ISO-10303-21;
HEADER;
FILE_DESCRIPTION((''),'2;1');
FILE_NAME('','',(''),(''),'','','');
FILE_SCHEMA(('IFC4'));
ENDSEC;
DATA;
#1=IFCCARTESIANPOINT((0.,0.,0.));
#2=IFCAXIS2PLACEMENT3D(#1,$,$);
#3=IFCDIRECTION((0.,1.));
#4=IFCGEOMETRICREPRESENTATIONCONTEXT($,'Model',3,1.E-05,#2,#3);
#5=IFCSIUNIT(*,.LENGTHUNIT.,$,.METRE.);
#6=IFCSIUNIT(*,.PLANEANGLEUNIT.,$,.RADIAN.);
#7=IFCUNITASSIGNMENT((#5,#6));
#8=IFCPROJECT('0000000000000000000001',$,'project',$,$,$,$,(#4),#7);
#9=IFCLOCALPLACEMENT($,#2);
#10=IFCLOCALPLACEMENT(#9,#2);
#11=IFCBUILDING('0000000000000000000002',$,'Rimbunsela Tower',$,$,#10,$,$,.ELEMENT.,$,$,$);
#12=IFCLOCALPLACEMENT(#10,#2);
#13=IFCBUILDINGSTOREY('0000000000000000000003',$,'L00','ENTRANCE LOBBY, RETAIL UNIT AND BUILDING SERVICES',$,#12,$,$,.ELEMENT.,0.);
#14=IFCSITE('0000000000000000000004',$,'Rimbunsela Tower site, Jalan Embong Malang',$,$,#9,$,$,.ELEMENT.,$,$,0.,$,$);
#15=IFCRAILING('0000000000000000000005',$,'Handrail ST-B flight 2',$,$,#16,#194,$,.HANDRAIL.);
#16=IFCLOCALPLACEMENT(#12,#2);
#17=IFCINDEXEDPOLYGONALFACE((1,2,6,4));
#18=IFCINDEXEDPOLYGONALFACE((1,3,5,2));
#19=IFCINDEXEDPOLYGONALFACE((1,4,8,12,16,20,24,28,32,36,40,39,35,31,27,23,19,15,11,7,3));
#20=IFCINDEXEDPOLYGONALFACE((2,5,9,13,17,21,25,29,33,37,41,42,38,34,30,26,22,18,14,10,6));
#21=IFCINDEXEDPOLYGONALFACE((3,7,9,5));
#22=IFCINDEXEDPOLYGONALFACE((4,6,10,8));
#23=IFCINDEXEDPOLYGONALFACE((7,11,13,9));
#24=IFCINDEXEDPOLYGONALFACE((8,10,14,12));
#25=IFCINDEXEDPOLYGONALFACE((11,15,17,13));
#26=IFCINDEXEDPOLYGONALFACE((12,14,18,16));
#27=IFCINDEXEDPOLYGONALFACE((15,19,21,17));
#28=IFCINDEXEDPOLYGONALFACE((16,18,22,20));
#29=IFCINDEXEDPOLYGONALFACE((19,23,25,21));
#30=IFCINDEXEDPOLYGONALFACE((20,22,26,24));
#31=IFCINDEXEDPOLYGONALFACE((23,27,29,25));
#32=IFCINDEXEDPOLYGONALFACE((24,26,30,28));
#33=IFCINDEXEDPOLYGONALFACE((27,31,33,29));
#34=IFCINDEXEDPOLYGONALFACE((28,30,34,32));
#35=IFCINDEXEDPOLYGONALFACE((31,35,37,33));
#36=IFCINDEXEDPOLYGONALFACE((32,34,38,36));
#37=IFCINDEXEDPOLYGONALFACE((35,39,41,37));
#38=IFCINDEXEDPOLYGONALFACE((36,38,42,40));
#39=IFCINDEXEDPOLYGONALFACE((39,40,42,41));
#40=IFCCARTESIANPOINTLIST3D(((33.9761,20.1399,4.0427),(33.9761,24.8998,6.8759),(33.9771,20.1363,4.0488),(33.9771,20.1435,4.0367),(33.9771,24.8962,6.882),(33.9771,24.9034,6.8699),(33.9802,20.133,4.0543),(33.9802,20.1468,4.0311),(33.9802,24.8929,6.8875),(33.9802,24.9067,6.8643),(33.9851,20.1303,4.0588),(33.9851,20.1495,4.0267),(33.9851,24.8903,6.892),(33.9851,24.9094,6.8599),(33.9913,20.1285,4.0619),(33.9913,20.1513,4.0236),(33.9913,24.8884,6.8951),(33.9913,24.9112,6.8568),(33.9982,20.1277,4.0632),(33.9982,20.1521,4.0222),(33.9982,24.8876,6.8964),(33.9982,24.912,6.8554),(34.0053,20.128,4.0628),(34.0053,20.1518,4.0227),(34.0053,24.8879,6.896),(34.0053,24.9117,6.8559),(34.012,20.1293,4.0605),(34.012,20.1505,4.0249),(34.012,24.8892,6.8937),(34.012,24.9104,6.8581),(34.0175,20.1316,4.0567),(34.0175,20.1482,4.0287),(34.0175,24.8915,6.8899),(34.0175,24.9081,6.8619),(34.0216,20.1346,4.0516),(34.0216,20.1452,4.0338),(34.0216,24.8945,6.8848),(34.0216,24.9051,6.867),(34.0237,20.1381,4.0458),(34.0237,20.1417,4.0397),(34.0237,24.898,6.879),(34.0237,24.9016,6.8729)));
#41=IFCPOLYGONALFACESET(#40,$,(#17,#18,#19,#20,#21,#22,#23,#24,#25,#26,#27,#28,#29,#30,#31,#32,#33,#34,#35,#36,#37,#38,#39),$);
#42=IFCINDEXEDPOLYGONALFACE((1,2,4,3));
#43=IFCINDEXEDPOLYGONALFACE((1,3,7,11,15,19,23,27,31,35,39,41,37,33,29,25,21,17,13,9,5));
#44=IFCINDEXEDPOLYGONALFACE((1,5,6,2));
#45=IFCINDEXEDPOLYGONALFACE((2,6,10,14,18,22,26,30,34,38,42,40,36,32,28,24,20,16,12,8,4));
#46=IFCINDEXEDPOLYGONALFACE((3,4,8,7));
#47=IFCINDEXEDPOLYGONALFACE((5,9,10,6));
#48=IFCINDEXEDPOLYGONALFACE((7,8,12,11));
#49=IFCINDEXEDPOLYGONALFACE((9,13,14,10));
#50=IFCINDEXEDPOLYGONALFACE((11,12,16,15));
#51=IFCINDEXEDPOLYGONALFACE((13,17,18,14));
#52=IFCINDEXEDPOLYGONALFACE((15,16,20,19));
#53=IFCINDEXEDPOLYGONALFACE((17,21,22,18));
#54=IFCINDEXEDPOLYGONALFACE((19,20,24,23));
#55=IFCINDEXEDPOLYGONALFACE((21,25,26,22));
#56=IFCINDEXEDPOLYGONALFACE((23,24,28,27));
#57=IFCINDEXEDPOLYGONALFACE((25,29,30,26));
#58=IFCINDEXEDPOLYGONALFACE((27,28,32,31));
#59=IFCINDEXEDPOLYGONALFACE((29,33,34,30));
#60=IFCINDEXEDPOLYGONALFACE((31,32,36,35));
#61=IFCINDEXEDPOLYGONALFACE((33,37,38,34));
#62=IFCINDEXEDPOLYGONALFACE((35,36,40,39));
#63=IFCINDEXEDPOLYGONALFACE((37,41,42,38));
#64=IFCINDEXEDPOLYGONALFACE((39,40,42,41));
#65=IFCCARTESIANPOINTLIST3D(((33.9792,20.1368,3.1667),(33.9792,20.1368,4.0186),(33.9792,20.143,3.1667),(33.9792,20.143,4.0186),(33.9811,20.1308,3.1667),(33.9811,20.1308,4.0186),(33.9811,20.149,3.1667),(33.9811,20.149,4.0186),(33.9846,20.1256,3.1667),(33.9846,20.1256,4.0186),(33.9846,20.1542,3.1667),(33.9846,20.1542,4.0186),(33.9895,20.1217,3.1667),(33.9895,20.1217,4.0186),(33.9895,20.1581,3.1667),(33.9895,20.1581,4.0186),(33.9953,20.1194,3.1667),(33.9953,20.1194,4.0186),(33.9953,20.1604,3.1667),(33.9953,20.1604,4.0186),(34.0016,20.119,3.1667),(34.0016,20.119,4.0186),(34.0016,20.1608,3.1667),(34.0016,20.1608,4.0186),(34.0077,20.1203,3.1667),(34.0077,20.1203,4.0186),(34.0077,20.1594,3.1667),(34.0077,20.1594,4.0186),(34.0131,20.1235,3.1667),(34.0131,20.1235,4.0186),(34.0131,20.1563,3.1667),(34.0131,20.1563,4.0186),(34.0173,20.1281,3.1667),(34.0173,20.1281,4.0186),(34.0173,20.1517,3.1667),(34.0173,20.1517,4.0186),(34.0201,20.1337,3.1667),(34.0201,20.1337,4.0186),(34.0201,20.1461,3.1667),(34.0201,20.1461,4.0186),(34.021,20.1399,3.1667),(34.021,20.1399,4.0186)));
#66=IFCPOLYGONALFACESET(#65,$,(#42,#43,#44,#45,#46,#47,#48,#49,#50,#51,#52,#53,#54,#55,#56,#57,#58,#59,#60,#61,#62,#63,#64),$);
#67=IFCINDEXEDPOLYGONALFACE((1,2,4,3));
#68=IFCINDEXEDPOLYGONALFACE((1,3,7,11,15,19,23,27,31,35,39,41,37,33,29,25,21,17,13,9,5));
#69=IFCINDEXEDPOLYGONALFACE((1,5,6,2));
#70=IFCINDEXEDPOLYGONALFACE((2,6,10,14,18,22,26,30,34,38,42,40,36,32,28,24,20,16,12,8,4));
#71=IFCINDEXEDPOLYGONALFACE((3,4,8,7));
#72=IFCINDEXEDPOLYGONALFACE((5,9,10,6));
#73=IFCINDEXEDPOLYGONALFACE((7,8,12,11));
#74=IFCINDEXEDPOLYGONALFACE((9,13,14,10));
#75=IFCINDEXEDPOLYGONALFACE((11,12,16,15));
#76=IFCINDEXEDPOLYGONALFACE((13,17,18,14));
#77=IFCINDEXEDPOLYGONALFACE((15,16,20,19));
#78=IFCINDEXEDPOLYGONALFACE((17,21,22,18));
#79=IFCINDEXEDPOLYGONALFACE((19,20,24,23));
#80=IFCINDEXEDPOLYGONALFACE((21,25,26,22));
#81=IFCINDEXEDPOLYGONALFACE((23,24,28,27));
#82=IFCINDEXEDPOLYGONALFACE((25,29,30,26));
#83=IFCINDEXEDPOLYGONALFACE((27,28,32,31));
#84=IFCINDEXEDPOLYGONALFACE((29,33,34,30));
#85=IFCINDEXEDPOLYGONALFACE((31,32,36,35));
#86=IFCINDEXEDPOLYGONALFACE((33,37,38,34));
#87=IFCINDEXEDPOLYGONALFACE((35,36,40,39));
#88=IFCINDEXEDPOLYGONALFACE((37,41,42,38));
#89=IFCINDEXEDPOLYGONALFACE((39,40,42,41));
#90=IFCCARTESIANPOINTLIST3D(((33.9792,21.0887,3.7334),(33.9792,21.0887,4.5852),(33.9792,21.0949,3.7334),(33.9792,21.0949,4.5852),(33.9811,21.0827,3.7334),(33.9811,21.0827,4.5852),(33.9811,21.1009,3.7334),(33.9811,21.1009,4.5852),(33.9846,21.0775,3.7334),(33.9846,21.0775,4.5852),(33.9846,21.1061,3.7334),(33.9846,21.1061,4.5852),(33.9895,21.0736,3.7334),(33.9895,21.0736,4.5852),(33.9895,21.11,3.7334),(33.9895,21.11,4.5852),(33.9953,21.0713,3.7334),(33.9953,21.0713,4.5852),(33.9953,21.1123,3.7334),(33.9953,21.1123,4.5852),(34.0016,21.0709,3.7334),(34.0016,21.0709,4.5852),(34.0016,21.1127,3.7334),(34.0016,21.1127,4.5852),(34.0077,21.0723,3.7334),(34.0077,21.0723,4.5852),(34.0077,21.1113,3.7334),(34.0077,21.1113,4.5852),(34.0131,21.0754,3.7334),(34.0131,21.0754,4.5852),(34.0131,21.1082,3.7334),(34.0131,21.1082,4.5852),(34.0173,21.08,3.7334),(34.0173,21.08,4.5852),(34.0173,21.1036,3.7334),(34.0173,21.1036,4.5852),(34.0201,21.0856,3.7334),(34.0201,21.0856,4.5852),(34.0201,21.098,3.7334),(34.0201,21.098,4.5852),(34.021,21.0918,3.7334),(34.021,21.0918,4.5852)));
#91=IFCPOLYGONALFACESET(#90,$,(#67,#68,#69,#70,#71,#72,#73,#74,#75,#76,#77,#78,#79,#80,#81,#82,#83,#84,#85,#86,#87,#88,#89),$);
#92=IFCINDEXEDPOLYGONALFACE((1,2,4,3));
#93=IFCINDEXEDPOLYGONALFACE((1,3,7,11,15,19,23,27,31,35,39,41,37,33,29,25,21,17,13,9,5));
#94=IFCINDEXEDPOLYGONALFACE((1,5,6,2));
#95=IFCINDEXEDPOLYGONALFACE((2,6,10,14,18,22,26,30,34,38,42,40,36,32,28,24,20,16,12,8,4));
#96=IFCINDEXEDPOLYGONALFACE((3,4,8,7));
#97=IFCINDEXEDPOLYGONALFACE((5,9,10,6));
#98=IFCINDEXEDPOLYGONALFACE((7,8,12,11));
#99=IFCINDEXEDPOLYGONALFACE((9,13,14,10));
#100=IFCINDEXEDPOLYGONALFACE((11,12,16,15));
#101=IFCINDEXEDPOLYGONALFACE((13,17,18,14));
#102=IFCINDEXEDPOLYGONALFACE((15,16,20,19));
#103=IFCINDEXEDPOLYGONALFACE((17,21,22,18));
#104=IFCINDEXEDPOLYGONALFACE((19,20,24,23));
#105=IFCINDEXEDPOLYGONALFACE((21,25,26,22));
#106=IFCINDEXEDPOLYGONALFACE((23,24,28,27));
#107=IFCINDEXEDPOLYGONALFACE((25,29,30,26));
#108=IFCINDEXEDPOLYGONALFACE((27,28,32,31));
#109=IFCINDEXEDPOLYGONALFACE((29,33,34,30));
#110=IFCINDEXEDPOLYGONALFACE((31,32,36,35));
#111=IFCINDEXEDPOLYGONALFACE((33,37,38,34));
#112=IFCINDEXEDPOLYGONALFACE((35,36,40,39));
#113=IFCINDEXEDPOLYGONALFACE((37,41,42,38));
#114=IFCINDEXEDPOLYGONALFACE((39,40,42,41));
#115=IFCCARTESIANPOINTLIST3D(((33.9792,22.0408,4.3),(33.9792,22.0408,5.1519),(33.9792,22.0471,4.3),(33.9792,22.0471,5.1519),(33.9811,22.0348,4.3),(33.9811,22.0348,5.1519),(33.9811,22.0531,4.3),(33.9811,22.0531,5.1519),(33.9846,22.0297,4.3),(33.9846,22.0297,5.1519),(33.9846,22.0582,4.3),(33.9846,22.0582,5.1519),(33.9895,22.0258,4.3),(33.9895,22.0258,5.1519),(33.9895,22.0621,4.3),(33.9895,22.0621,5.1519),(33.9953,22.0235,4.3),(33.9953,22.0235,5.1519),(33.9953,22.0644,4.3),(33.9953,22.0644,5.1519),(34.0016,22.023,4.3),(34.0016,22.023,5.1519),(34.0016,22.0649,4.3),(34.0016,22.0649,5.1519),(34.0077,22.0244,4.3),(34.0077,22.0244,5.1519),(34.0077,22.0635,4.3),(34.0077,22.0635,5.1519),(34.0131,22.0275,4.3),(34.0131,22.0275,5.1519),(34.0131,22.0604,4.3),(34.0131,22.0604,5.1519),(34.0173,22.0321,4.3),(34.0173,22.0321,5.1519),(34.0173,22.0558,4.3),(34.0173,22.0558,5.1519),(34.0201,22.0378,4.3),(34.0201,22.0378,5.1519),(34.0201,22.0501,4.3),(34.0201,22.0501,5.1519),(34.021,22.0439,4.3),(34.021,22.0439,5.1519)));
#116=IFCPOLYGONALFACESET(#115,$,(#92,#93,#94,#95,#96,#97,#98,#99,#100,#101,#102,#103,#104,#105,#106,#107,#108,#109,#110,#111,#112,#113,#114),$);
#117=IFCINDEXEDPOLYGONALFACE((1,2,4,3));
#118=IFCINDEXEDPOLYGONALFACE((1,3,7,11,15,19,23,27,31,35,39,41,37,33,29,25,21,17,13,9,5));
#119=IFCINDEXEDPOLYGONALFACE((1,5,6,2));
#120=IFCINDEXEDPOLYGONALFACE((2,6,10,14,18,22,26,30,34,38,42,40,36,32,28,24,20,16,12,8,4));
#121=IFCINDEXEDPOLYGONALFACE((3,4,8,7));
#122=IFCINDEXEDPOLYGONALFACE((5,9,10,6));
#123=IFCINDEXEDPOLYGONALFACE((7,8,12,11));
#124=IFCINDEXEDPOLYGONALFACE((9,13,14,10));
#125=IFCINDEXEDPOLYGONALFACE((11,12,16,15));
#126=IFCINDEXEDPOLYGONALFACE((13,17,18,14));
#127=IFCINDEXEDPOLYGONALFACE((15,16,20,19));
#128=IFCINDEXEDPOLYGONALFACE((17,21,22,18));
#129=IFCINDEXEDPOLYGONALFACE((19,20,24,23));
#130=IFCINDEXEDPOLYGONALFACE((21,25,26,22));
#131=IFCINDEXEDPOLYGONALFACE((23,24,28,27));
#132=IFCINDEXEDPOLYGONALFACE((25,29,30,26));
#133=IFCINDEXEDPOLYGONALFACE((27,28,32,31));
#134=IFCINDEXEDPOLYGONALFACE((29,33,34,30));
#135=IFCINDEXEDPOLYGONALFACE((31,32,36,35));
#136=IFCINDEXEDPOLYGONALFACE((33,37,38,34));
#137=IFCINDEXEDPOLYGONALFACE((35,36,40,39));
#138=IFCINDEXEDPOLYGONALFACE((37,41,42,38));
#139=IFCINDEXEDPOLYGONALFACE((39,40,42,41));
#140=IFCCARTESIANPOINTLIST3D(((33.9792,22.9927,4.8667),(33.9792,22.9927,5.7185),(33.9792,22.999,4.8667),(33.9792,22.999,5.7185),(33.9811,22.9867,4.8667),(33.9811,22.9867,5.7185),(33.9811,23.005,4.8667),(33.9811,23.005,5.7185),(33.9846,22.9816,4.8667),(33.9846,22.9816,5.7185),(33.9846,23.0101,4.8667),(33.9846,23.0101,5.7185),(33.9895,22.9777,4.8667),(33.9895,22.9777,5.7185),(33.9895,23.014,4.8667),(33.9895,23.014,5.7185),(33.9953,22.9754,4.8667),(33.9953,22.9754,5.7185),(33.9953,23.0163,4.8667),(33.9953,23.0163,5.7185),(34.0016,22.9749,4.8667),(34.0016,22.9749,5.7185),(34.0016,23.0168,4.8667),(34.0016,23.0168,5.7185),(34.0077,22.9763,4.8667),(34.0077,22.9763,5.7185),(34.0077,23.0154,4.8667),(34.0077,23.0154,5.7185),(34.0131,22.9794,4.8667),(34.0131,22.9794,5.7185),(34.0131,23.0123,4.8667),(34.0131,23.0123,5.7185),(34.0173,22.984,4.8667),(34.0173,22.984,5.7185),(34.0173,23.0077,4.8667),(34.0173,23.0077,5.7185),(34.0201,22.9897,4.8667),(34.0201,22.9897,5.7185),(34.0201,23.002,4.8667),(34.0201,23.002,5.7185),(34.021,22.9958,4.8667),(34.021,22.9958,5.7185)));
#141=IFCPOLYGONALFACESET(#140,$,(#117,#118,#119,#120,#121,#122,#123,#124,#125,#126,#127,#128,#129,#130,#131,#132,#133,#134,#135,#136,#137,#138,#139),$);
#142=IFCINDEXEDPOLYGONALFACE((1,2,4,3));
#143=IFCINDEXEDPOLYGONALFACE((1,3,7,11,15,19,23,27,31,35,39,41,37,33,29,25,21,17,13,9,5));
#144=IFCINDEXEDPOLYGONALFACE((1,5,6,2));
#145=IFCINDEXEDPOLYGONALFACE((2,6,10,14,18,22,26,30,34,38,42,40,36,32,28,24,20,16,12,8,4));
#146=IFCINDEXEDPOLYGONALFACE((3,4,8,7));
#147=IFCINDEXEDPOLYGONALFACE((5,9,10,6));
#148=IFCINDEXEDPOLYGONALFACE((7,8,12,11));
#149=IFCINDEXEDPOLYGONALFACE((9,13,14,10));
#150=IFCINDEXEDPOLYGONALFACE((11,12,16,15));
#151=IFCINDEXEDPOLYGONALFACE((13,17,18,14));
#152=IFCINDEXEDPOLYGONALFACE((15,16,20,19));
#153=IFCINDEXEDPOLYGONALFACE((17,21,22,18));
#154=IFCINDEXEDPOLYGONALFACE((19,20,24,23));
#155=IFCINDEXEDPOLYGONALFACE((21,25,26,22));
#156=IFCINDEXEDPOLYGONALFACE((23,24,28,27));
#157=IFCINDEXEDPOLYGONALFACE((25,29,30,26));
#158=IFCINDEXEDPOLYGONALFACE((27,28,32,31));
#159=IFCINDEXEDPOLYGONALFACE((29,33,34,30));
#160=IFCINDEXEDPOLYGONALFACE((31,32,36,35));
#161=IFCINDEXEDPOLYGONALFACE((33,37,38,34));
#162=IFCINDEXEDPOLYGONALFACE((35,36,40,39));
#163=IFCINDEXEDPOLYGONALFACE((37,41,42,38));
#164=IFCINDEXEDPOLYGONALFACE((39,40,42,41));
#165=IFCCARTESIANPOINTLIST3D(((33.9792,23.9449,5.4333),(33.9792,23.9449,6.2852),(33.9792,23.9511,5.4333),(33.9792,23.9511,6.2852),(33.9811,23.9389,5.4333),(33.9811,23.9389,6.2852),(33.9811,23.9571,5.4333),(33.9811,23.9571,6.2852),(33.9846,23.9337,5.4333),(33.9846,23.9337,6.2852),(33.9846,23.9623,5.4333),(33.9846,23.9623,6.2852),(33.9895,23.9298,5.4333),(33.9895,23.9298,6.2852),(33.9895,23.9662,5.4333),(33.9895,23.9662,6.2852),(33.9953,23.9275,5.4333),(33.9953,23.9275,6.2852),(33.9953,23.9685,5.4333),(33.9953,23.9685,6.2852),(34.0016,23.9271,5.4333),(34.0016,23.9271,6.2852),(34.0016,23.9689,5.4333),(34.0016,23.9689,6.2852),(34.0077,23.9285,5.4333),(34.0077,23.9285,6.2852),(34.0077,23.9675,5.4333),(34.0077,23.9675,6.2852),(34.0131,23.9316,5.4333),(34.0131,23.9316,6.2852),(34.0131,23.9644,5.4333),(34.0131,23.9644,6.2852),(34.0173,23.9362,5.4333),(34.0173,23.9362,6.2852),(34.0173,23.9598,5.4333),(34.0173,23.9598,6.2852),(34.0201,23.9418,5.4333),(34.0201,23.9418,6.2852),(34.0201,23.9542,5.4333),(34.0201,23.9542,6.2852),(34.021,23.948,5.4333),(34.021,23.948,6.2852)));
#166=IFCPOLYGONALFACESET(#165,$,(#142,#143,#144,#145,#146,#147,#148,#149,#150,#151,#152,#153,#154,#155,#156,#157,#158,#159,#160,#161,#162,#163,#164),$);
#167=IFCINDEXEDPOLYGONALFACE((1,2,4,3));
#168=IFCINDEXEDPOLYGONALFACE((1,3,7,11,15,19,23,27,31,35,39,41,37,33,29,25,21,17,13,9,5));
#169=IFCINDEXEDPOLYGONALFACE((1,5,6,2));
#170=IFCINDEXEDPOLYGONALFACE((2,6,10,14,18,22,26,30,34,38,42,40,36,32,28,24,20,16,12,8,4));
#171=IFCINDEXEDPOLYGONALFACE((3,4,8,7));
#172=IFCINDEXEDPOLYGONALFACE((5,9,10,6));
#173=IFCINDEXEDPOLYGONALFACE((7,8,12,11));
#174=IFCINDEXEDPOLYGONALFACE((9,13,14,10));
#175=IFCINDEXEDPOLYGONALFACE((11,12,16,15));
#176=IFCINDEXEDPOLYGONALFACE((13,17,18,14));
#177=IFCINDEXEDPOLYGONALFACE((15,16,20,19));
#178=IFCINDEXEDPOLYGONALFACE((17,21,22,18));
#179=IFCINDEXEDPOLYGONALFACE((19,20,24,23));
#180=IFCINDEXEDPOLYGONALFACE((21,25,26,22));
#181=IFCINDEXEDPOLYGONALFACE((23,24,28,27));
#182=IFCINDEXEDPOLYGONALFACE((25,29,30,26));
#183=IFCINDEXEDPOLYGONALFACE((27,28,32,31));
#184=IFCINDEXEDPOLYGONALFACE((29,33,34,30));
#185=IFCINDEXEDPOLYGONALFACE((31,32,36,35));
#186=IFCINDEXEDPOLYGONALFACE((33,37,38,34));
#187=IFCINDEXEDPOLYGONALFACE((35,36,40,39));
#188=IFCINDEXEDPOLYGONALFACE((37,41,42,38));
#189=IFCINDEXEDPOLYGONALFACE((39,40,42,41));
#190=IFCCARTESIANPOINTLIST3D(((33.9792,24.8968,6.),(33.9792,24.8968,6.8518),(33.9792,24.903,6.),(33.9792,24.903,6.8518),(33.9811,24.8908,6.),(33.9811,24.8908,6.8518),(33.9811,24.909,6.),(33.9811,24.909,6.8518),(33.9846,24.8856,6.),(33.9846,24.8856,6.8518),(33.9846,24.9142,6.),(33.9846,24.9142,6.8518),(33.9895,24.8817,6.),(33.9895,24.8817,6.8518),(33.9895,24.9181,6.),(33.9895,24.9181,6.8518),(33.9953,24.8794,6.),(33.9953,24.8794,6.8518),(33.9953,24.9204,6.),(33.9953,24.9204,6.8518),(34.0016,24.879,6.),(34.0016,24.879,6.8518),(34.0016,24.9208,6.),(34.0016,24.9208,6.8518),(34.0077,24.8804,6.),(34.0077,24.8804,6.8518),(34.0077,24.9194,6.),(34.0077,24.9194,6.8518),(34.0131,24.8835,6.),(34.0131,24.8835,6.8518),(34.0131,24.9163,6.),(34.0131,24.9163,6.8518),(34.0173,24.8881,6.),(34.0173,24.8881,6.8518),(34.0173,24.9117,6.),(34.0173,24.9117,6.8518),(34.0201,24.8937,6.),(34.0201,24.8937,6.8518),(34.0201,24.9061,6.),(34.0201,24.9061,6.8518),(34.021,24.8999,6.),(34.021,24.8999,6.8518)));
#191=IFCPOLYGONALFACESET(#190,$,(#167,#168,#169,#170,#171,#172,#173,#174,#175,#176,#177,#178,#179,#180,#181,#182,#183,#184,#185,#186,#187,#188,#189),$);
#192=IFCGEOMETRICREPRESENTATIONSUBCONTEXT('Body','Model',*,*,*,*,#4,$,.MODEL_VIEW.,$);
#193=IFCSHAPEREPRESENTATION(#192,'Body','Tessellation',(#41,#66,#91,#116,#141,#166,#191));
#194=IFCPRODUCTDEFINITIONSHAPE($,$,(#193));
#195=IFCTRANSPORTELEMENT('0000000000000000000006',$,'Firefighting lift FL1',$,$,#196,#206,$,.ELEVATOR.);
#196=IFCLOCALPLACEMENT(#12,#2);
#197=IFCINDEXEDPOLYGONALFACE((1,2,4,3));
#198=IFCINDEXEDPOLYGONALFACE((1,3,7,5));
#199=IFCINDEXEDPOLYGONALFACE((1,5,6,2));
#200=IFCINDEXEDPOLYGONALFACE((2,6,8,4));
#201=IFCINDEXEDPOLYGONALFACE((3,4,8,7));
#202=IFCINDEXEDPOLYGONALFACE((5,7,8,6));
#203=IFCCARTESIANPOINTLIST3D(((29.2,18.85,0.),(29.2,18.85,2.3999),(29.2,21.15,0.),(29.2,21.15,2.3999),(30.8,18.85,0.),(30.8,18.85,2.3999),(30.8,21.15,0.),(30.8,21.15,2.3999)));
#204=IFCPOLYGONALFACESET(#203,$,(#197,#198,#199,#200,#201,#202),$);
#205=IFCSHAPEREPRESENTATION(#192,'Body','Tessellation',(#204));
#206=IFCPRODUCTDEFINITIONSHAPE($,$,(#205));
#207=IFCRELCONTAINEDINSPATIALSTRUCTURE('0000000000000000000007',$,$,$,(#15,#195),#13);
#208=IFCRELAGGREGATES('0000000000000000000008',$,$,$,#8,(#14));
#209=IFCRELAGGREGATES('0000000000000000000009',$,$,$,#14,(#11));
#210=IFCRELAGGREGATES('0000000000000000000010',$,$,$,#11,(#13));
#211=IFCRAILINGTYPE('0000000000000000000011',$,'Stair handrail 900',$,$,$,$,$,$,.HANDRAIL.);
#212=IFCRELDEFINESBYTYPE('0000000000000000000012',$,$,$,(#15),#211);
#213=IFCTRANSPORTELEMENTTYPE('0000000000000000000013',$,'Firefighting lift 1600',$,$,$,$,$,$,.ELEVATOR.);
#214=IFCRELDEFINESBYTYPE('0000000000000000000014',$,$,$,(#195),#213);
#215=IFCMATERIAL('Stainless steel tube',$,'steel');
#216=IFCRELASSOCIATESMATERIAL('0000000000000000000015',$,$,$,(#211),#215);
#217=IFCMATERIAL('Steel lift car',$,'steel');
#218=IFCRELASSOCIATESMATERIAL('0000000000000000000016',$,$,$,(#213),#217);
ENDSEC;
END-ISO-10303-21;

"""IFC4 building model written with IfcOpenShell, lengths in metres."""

from ifc_helpers import new_model, si_unit, direction, frame, origin, origin_2d, place, context, subcontext, project, spatial, rectangle, circle, extrude, material, type_object, element, save


model = new_model("IFC4")

# Units and contexts
model_context = context("Model", 3, precision=1e-05, world=origin(), true_north=direction((0.0, 1.0)))
body_context = subcontext(model_context, "Body", "Model", "MODEL_VIEW")
ifc_project = project(units=[si_unit("LENGTHUNIT", "METRE"), si_unit("PLANEANGLEUNIT", "RADIAN")], contexts=[model_context])

# Site, building, storey
site_placement = place(None, origin())
site = spatial("IfcSite", under=ifc_project, at=site_placement, Name="Rimbunsela Tower site, Jalan Embong Malang", CompositionType="ELEMENT", RefElevation=0.0)
building_placement = place(site_placement, origin())
building = spatial("IfcBuilding", under=site, at=building_placement, Name="Rimbunsela Tower", CompositionType="ELEMENT")
storey_placement = place(building_placement, origin())
storey = spatial("IfcBuildingStorey", under=building, at=storey_placement, Name="L00", Description="ENTRANCE LOBBY, RETAIL UNIT AND BUILDING SERVICES", CompositionType="ELEMENT", Elevation=0.0)

# Railing
ifc_material_1 = material(Name="Stainless steel tube", Category="steel")
railing_type = type_object("IfcRailingType", Name="Stair handrail 900", PredefinedType="HANDRAIL", material=ifc_material_1)
railing_1_placement = place(storey_placement, frame((34.0, 20.1399, 3.1667)))
element("IfcRailing", 1, at=railing_1_placement, inside=storey, type_object=railing_type, Name="Handrail ST-B flight 2", PredefinedType="HANDRAIL", context=body_context, shape_type="SweptSolid", body=[
    extrude(circle(Radius=0.0239, at=origin_2d()), frame((0.0, 0.0, 0.876), z_axis=(0.0, 0.8593, 0.511472), x_axis=(-1.0, 0.0, 0.0)), (0.0, 0.0, 1.0), 5.5393),
    extrude(circle(Radius=0.021, at=origin_2d()), origin(), (0.0, 0.0, 1.0), 0.8518),
    extrude(circle(Radius=0.021, at=origin_2d()), frame((0.0, 0.9519, 0.5667)), (0.0, 0.0, 1.0), 0.8518),
    extrude(circle(Radius=0.021, at=origin_2d()), frame((0.0, 1.9041, 1.1333)), (0.0, 0.0, 1.0), 0.8518),
    extrude(circle(Radius=0.021, at=origin_2d()), frame((0.0, 2.856, 1.7)), (0.0, 0.0, 1.0), 0.8518),
    extrude(circle(Radius=0.021, at=origin_2d()), frame((0.0, 3.8081, 2.2666)), (0.0, 0.0, 1.0), 0.8518),
    extrude(circle(Radius=0.021, at=origin_2d()), frame((0.0, 4.76, 2.8333)), (0.0, 0.0, 1.0), 0.8518),
])

# Transport element
ifc_material_2 = material(Name="Steel lift car", Category="steel")
transport_element_type = type_object("IfcTransportElementType", Name="Firefighting lift 1600", PredefinedType="ELEVATOR", material=ifc_material_2)
transport_element_placement = place(storey_placement, frame((30.0, 20.0, 0.0), z_axis=(0.0, 0.0, 1.0), x_axis=(1.0, 0.0, 0.0)))
element("IfcTransportElement", 2, at=transport_element_placement, inside=storey, type_object=transport_element_type, Name="Firefighting lift FL1", PredefinedType="ELEVATOR", context=body_context, shape_type="SweptSolid", body=[
    extrude(rectangle(XDim=1.6001, YDim=2.3, at=origin_2d()), origin(), (0.0, 0.0, 1.0), 2.3999),
])

save(model, "model.ifc")
